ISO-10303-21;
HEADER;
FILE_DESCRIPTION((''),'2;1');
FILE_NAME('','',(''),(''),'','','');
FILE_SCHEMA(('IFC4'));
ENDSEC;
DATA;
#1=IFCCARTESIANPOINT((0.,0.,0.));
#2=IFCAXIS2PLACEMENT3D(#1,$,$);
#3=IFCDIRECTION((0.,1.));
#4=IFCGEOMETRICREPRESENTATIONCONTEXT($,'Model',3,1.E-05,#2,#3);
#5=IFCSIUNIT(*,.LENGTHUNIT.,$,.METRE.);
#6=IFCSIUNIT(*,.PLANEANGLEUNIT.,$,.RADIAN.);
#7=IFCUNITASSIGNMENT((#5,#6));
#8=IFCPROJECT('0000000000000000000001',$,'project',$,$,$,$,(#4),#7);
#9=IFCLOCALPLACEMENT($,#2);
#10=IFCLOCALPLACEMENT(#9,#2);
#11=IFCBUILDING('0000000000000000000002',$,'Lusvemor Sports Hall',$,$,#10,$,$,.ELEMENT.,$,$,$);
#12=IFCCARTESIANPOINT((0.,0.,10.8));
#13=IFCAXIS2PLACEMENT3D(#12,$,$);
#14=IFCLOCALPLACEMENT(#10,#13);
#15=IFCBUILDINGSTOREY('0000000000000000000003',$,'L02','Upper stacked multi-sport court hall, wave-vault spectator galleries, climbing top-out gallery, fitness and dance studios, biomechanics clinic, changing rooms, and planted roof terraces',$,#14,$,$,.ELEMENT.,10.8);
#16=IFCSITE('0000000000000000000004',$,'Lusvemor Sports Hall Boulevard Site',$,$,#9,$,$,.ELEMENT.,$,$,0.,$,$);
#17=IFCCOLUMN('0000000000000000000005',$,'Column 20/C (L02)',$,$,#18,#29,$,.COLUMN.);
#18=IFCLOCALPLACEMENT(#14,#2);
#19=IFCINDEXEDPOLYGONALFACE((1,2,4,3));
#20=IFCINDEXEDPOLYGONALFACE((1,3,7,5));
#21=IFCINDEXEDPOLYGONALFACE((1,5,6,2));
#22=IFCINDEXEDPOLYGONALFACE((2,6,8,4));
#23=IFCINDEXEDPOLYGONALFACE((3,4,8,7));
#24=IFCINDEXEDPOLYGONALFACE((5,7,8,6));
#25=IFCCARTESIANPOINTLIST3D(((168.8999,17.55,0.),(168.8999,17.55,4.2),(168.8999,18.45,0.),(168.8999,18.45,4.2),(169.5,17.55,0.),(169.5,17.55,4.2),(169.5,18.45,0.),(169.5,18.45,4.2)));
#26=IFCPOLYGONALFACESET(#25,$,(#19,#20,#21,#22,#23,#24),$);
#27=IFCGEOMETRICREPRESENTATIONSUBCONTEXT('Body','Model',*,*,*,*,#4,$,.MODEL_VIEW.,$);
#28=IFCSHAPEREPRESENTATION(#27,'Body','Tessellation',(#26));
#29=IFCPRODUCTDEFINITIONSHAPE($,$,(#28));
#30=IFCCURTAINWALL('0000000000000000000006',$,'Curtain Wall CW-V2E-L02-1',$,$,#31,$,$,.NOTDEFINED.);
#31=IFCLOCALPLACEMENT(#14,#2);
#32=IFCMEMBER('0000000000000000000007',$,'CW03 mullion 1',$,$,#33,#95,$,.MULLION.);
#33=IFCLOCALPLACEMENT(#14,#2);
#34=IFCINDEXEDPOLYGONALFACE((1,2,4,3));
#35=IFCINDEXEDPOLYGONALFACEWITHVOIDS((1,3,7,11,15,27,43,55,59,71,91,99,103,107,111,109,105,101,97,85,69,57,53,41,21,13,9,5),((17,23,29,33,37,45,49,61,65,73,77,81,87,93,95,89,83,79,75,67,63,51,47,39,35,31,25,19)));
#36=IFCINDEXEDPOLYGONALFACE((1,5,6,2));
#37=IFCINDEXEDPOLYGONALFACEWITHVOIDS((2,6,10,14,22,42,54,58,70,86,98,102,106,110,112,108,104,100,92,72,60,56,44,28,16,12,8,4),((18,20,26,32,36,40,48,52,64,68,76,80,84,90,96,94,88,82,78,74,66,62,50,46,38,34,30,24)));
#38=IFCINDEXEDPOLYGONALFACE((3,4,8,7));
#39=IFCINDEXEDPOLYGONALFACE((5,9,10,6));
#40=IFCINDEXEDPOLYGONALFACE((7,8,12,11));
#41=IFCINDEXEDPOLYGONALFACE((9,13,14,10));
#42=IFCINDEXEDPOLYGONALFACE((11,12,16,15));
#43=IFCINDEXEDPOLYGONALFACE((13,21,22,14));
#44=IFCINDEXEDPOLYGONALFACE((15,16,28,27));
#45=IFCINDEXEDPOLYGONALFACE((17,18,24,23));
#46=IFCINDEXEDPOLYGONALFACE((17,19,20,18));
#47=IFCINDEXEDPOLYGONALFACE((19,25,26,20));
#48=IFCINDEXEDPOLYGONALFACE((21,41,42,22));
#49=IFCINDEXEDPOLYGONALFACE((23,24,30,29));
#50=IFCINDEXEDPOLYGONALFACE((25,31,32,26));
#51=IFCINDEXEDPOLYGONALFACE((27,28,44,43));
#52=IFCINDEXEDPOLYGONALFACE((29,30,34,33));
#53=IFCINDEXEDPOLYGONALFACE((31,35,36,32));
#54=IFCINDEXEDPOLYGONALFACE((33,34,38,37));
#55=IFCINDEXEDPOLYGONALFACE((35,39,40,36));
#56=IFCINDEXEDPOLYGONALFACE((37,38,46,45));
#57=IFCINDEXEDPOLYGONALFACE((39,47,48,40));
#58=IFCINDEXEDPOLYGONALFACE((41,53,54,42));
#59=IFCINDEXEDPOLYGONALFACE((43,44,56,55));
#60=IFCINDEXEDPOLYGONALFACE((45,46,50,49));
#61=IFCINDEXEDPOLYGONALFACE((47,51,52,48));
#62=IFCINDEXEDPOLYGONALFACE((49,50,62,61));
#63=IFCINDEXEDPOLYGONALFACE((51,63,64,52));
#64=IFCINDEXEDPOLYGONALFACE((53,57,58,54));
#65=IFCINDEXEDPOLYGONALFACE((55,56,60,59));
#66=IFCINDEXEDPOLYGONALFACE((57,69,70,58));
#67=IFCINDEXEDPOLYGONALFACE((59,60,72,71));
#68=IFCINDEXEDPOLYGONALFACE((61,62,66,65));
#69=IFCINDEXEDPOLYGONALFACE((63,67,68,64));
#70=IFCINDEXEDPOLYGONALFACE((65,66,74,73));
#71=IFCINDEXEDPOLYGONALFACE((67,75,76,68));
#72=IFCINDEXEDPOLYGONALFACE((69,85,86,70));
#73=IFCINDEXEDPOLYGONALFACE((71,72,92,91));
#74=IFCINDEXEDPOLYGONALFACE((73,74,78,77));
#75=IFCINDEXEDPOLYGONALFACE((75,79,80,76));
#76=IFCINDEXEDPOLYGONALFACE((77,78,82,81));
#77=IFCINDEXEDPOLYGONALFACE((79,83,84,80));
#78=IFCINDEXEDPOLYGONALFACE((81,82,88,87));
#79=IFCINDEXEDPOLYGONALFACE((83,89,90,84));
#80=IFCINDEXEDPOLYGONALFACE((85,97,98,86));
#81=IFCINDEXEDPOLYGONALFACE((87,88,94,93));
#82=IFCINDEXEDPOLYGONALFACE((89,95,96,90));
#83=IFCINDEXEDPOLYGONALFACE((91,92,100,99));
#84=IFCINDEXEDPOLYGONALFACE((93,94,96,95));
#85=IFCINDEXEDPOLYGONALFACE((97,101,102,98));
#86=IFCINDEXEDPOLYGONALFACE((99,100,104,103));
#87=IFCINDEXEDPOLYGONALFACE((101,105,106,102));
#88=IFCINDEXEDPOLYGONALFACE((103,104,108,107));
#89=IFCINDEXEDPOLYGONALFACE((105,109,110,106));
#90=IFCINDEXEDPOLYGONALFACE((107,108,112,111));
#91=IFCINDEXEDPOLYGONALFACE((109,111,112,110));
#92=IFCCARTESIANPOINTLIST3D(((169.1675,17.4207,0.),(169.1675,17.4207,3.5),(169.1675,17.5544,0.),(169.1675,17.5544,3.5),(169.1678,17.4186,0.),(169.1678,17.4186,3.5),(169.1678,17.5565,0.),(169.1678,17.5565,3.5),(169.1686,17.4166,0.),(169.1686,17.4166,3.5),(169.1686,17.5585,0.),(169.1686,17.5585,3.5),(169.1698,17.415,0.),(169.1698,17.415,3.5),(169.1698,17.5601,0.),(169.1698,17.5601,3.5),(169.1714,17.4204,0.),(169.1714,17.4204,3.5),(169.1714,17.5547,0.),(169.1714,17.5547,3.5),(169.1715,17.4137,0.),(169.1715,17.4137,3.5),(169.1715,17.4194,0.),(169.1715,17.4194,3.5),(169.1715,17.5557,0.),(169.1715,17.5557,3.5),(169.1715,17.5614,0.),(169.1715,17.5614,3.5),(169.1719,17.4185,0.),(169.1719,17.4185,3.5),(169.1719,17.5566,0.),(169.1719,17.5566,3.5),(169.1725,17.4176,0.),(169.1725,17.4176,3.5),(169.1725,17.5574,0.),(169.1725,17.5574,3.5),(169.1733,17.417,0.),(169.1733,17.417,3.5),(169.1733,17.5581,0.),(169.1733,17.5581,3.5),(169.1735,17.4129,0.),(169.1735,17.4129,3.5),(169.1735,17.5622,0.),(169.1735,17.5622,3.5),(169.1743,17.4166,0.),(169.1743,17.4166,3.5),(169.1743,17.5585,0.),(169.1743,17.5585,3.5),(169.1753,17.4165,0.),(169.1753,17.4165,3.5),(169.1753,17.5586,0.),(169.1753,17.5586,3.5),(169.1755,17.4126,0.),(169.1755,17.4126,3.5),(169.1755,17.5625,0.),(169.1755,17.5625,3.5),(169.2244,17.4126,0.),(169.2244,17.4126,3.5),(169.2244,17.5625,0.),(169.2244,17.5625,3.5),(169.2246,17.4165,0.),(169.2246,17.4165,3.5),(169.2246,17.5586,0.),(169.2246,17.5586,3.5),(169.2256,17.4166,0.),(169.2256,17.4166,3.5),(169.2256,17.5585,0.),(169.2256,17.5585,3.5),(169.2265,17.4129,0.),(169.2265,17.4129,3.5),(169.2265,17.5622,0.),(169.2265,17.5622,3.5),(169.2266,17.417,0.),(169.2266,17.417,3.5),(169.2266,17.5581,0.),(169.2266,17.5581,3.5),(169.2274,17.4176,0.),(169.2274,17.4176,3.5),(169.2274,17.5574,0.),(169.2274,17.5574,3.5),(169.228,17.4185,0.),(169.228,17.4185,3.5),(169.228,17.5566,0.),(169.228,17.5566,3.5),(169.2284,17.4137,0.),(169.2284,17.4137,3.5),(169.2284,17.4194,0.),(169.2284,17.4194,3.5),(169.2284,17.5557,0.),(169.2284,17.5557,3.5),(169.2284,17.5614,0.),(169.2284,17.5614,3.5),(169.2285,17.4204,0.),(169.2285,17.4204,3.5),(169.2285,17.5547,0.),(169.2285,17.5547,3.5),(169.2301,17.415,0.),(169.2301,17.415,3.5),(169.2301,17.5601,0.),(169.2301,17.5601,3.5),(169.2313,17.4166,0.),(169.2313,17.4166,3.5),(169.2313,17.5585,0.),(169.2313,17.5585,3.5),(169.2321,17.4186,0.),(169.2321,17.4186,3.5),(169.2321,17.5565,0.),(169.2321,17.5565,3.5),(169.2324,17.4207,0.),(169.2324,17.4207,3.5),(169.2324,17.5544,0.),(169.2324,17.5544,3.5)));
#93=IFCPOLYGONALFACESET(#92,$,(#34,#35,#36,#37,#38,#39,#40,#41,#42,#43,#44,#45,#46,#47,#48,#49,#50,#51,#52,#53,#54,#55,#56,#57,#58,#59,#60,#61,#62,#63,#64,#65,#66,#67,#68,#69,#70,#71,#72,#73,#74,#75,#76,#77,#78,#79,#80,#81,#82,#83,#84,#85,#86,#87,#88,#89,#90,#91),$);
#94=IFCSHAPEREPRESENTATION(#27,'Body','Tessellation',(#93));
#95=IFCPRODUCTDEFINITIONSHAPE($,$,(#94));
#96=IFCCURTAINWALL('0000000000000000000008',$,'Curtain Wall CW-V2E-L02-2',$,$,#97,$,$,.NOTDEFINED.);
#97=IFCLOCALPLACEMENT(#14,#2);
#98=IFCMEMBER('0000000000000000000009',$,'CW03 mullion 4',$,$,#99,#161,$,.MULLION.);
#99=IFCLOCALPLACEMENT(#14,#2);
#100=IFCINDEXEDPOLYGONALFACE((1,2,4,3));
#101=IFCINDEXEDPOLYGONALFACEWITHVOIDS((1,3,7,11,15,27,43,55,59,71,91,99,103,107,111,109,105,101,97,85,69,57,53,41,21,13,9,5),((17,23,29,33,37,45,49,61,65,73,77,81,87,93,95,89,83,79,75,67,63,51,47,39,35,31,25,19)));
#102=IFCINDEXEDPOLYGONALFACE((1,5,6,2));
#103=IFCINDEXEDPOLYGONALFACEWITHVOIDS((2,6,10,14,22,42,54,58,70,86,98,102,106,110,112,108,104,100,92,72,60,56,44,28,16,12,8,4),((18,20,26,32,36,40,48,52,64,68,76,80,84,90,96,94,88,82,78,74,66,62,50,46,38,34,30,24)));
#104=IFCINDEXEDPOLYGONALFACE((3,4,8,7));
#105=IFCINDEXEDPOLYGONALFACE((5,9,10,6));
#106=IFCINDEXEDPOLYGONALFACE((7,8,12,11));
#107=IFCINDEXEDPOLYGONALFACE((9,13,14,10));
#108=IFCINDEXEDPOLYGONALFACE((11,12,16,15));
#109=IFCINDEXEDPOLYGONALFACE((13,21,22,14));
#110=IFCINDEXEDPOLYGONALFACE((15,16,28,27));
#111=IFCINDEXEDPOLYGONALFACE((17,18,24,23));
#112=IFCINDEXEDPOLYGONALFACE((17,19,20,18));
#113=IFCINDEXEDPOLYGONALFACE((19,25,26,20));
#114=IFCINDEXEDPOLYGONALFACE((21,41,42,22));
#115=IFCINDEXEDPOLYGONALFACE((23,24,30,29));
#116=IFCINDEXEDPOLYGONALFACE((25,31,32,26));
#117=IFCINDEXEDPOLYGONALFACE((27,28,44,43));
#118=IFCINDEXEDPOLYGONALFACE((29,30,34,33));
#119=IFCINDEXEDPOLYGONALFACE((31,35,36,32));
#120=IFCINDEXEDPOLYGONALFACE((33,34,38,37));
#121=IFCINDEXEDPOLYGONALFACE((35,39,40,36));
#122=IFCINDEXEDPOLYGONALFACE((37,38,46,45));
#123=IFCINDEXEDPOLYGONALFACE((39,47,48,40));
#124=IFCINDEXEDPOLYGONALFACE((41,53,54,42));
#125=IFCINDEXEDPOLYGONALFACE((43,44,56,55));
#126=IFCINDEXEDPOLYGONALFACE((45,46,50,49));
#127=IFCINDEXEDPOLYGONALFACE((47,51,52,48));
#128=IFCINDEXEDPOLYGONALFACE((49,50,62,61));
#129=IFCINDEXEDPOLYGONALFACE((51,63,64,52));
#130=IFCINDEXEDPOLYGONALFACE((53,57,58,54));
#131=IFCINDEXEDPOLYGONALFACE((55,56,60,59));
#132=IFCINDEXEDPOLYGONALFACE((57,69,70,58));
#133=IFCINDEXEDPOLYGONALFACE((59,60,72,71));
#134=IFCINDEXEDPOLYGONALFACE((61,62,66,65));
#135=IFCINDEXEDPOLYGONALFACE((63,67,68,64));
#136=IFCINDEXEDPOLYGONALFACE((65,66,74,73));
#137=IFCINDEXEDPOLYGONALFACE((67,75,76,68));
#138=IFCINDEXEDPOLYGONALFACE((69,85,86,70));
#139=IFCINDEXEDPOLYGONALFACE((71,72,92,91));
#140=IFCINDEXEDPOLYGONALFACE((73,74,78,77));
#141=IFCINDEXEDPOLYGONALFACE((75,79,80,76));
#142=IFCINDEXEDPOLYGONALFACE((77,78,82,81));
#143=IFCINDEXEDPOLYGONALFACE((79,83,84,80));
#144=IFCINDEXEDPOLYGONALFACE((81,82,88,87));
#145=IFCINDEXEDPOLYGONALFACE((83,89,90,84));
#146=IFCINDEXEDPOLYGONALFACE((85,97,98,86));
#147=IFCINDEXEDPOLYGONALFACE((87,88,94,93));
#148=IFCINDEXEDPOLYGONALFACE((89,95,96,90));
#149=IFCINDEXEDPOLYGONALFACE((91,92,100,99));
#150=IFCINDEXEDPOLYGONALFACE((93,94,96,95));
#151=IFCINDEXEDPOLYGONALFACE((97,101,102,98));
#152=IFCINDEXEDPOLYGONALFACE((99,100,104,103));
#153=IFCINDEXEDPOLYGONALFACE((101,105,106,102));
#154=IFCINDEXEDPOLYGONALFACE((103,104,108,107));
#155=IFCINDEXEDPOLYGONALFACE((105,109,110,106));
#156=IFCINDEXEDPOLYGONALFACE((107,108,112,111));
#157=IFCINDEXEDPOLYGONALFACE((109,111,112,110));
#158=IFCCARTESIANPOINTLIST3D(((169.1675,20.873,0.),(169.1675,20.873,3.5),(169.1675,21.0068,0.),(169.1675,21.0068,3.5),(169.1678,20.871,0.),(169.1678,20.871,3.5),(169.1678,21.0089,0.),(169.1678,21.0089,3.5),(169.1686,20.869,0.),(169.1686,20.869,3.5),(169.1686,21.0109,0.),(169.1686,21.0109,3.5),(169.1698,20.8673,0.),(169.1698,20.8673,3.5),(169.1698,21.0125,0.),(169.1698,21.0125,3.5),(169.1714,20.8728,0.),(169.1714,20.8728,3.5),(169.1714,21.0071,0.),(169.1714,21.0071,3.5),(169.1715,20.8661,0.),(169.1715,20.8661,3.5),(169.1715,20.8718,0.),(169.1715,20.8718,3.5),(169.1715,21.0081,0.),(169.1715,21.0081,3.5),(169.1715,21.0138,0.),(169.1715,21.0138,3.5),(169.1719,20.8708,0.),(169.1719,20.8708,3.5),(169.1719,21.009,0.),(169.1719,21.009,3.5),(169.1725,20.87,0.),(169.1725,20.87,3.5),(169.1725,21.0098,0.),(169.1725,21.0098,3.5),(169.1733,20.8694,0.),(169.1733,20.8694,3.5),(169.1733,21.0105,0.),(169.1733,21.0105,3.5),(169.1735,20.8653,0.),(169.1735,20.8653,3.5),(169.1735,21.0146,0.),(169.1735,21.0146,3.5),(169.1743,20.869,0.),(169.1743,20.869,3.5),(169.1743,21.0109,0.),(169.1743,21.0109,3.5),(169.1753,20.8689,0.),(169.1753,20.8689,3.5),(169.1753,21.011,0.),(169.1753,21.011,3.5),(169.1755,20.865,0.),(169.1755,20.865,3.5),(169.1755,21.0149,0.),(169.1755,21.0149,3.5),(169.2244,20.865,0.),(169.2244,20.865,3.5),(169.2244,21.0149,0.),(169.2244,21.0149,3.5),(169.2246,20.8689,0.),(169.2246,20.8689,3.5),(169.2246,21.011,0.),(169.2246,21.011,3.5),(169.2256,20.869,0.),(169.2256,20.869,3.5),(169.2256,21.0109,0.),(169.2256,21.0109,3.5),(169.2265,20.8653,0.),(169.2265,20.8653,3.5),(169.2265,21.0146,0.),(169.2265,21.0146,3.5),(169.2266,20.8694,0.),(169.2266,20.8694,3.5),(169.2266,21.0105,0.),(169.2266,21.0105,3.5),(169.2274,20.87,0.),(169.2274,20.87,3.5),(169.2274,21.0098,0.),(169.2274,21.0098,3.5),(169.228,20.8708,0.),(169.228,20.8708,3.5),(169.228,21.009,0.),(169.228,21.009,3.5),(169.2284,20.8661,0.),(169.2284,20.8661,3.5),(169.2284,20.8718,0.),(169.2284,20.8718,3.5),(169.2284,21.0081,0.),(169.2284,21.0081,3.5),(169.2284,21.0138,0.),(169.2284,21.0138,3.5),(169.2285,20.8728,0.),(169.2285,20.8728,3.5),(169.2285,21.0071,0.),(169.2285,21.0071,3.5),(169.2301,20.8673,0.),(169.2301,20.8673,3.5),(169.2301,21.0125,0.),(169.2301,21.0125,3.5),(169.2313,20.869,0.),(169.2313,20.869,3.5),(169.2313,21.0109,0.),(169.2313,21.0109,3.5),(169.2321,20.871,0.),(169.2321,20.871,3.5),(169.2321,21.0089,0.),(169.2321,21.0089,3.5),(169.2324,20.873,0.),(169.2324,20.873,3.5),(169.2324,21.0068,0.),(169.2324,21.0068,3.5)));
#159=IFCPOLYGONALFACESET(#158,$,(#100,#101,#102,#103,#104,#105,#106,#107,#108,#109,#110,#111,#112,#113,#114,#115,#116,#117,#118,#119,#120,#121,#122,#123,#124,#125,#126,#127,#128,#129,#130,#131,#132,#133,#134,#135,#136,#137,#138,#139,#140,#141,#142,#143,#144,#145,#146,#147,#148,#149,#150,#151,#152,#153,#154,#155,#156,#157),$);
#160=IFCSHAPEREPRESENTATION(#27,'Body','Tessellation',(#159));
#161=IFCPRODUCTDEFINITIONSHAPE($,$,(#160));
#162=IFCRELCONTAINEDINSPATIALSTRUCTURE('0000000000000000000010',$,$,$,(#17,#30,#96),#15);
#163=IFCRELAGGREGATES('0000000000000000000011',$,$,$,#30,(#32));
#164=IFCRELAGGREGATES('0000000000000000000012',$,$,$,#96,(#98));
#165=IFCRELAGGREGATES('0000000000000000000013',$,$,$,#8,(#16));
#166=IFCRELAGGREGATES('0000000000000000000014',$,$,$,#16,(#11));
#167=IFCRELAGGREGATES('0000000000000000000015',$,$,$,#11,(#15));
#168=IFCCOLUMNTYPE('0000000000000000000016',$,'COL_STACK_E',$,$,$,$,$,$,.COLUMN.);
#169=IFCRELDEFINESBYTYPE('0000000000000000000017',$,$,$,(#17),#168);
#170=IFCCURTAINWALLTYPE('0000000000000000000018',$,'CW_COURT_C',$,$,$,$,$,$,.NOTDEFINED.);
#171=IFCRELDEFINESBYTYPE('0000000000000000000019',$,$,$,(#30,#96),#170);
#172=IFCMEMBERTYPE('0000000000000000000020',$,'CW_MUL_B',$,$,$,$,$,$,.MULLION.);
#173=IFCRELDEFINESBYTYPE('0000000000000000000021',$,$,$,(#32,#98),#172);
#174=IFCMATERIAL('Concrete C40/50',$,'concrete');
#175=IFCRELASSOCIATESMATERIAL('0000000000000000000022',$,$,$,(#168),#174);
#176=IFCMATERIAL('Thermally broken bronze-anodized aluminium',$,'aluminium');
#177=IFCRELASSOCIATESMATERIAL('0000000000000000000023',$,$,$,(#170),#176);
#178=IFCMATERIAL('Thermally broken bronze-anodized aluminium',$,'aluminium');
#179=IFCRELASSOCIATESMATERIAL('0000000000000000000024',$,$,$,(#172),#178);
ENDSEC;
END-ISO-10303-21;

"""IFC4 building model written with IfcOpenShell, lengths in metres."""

from ifc_helpers import new_model, si_unit, direction, frame, origin, origin_2d, place, context, subcontext, project, spatial, rectangle, hollow_rectangle, extrude, material, material_profile, profile_set, type_object, element, aggregate, save


model = new_model("IFC4")

# Units and contexts
model_context = context("Model", 3, precision=1e-05, world=origin(), true_north=direction((0.0, 1.0)))
body_context = subcontext(model_context, "Body", "Model", "MODEL_VIEW")
ifc_project = project(units=[si_unit("LENGTHUNIT", "METRE"), si_unit("PLANEANGLEUNIT", "RADIAN")], contexts=[model_context])

# Site, building, storey
site_placement = place(None, origin())
site = spatial("IfcSite", under=ifc_project, at=site_placement, Name="Lusvemor Sports Hall Boulevard Site", CompositionType="ELEMENT", RefElevation=0.0)
building_placement = place(site_placement, origin())
building = spatial("IfcBuilding", under=site, at=building_placement, Name="Lusvemor Sports Hall", CompositionType="ELEMENT")
storey_placement = place(building_placement, frame((0.0, 0.0, 10.8)))
storey = spatial("IfcBuildingStorey", under=building, at=storey_placement, Name="L02", Description="Upper stacked multi-sport court hall, wave-vault spectator galleries, climbing top-out gallery, fitness and dance studios, biomechanics clinic, changing rooms, and planted roof terraces", CompositionType="ELEMENT", Elevation=10.8)

# Column
ifc_material_1 = material(Name="Concrete C40/50", Category="concrete")
ifc_material_profile_1 = material_profile(ifc_material_1, rectangle(XDim=0.6001, YDim=0.8999, at=origin_2d()), Name="RC600x900")
ifc_profile_set_1 = profile_set([ifc_material_profile_1], Name="Concrete C40/50")
column_type = type_object("IfcColumnType", Name="COL_STACK_E", PredefinedType="COLUMN", material=ifc_profile_set_1)
column_placement = place(storey_placement, frame((169.2, 18.0, 0.0), z_axis=(0.0, 0.0, 1.0), x_axis=(1.0, 0.0, 0.0)))
element("IfcColumn", 1, at=column_placement, inside=storey, type_object=column_type, Name="Column 20/C (L02)", PredefinedType="COLUMN", context=body_context, shape_type="SweptSolid", body=[
    extrude(rectangle(XDim=0.6001, YDim=0.8999, at=origin_2d()), origin(), (0.0, 0.0, 1.0), 4.2),
])

# Curtain wall, member
ifc_material_2 = material(Name="Thermally broken bronze-anodized aluminium", Category="aluminium")
curtain_wall_type = type_object("IfcCurtainWallType", Name="CW_COURT_C", PredefinedType="NOTDEFINED", material=ifc_material_2)
curtain_wall_1_placement = place(storey_placement, origin())
curtain_wall_1 = element("IfcCurtainWall", 2, at=curtain_wall_1_placement, inside=storey, type_object=curtain_wall_type, Name="Curtain Wall CW-V2E-L02-1", PredefinedType="NOTDEFINED")
ifc_material_3 = material(Name="Thermally broken bronze-anodized aluminium", Category="aluminium")
ifc_material_profile_2 = material_profile(ifc_material_3, hollow_rectangle(XDim=0.0649, YDim=0.1499, WallThickness=0.0039, InnerFilletRadius=0.0039, OuterFilletRadius=0.0081, at=origin_2d()), Name="CWMUL150x65x4")
ifc_profile_set_2 = profile_set([ifc_material_profile_2], Name="Thermally broken bronze-anodized aluminium")
member_type_1 = type_object("IfcMemberType", Name="CW_MUL_B", PredefinedType="MULLION", material=ifc_profile_set_2)
member_1_placement = place(storey_placement, frame((169.2, 17.4875, 0.0), z_axis=(0.0, 0.0, 1.0), x_axis=(1.0, 0.0, 0.0)))
member_1 = element("IfcMember", 3, at=member_1_placement, type_object=member_type_1, Name="CW03 mullion 1", PredefinedType="MULLION", context=body_context, shape_type="SweptSolid", body=[
    extrude(hollow_rectangle(XDim=0.0649, YDim=0.1499, WallThickness=0.0039, InnerFilletRadius=0.0039, OuterFilletRadius=0.0081, at=origin_2d()), origin(), (0.0, 0.0, 1.0), 3.5),
])

# Curtain wall, member
curtain_wall_2_placement = place(storey_placement, origin())
curtain_wall_2 = element("IfcCurtainWall", 4, at=curtain_wall_2_placement, inside=storey, type_object=curtain_wall_type, Name="Curtain Wall CW-V2E-L02-2", PredefinedType="NOTDEFINED")
member_2_placement = place(storey_placement, frame((169.2, 20.9399, 0.0), z_axis=(0.0, 0.0, 1.0), x_axis=(1.0, 0.0, 0.0)))
member_2 = element("IfcMember", 5, at=member_2_placement, type_object=member_type_1, Name="CW03 mullion 4", PredefinedType="MULLION", context=body_context, shape_type="SweptSolid", body=[
    extrude(hollow_rectangle(XDim=0.0649, YDim=0.1499, WallThickness=0.0039, InnerFilletRadius=0.0039, OuterFilletRadius=0.0081, at=origin_2d()), origin(), (0.0, 0.0, 1.0), 3.5),
])

aggregate(curtain_wall_1, [member_1])

aggregate(curtain_wall_2, [member_2])

save(model, "model.ifc")
